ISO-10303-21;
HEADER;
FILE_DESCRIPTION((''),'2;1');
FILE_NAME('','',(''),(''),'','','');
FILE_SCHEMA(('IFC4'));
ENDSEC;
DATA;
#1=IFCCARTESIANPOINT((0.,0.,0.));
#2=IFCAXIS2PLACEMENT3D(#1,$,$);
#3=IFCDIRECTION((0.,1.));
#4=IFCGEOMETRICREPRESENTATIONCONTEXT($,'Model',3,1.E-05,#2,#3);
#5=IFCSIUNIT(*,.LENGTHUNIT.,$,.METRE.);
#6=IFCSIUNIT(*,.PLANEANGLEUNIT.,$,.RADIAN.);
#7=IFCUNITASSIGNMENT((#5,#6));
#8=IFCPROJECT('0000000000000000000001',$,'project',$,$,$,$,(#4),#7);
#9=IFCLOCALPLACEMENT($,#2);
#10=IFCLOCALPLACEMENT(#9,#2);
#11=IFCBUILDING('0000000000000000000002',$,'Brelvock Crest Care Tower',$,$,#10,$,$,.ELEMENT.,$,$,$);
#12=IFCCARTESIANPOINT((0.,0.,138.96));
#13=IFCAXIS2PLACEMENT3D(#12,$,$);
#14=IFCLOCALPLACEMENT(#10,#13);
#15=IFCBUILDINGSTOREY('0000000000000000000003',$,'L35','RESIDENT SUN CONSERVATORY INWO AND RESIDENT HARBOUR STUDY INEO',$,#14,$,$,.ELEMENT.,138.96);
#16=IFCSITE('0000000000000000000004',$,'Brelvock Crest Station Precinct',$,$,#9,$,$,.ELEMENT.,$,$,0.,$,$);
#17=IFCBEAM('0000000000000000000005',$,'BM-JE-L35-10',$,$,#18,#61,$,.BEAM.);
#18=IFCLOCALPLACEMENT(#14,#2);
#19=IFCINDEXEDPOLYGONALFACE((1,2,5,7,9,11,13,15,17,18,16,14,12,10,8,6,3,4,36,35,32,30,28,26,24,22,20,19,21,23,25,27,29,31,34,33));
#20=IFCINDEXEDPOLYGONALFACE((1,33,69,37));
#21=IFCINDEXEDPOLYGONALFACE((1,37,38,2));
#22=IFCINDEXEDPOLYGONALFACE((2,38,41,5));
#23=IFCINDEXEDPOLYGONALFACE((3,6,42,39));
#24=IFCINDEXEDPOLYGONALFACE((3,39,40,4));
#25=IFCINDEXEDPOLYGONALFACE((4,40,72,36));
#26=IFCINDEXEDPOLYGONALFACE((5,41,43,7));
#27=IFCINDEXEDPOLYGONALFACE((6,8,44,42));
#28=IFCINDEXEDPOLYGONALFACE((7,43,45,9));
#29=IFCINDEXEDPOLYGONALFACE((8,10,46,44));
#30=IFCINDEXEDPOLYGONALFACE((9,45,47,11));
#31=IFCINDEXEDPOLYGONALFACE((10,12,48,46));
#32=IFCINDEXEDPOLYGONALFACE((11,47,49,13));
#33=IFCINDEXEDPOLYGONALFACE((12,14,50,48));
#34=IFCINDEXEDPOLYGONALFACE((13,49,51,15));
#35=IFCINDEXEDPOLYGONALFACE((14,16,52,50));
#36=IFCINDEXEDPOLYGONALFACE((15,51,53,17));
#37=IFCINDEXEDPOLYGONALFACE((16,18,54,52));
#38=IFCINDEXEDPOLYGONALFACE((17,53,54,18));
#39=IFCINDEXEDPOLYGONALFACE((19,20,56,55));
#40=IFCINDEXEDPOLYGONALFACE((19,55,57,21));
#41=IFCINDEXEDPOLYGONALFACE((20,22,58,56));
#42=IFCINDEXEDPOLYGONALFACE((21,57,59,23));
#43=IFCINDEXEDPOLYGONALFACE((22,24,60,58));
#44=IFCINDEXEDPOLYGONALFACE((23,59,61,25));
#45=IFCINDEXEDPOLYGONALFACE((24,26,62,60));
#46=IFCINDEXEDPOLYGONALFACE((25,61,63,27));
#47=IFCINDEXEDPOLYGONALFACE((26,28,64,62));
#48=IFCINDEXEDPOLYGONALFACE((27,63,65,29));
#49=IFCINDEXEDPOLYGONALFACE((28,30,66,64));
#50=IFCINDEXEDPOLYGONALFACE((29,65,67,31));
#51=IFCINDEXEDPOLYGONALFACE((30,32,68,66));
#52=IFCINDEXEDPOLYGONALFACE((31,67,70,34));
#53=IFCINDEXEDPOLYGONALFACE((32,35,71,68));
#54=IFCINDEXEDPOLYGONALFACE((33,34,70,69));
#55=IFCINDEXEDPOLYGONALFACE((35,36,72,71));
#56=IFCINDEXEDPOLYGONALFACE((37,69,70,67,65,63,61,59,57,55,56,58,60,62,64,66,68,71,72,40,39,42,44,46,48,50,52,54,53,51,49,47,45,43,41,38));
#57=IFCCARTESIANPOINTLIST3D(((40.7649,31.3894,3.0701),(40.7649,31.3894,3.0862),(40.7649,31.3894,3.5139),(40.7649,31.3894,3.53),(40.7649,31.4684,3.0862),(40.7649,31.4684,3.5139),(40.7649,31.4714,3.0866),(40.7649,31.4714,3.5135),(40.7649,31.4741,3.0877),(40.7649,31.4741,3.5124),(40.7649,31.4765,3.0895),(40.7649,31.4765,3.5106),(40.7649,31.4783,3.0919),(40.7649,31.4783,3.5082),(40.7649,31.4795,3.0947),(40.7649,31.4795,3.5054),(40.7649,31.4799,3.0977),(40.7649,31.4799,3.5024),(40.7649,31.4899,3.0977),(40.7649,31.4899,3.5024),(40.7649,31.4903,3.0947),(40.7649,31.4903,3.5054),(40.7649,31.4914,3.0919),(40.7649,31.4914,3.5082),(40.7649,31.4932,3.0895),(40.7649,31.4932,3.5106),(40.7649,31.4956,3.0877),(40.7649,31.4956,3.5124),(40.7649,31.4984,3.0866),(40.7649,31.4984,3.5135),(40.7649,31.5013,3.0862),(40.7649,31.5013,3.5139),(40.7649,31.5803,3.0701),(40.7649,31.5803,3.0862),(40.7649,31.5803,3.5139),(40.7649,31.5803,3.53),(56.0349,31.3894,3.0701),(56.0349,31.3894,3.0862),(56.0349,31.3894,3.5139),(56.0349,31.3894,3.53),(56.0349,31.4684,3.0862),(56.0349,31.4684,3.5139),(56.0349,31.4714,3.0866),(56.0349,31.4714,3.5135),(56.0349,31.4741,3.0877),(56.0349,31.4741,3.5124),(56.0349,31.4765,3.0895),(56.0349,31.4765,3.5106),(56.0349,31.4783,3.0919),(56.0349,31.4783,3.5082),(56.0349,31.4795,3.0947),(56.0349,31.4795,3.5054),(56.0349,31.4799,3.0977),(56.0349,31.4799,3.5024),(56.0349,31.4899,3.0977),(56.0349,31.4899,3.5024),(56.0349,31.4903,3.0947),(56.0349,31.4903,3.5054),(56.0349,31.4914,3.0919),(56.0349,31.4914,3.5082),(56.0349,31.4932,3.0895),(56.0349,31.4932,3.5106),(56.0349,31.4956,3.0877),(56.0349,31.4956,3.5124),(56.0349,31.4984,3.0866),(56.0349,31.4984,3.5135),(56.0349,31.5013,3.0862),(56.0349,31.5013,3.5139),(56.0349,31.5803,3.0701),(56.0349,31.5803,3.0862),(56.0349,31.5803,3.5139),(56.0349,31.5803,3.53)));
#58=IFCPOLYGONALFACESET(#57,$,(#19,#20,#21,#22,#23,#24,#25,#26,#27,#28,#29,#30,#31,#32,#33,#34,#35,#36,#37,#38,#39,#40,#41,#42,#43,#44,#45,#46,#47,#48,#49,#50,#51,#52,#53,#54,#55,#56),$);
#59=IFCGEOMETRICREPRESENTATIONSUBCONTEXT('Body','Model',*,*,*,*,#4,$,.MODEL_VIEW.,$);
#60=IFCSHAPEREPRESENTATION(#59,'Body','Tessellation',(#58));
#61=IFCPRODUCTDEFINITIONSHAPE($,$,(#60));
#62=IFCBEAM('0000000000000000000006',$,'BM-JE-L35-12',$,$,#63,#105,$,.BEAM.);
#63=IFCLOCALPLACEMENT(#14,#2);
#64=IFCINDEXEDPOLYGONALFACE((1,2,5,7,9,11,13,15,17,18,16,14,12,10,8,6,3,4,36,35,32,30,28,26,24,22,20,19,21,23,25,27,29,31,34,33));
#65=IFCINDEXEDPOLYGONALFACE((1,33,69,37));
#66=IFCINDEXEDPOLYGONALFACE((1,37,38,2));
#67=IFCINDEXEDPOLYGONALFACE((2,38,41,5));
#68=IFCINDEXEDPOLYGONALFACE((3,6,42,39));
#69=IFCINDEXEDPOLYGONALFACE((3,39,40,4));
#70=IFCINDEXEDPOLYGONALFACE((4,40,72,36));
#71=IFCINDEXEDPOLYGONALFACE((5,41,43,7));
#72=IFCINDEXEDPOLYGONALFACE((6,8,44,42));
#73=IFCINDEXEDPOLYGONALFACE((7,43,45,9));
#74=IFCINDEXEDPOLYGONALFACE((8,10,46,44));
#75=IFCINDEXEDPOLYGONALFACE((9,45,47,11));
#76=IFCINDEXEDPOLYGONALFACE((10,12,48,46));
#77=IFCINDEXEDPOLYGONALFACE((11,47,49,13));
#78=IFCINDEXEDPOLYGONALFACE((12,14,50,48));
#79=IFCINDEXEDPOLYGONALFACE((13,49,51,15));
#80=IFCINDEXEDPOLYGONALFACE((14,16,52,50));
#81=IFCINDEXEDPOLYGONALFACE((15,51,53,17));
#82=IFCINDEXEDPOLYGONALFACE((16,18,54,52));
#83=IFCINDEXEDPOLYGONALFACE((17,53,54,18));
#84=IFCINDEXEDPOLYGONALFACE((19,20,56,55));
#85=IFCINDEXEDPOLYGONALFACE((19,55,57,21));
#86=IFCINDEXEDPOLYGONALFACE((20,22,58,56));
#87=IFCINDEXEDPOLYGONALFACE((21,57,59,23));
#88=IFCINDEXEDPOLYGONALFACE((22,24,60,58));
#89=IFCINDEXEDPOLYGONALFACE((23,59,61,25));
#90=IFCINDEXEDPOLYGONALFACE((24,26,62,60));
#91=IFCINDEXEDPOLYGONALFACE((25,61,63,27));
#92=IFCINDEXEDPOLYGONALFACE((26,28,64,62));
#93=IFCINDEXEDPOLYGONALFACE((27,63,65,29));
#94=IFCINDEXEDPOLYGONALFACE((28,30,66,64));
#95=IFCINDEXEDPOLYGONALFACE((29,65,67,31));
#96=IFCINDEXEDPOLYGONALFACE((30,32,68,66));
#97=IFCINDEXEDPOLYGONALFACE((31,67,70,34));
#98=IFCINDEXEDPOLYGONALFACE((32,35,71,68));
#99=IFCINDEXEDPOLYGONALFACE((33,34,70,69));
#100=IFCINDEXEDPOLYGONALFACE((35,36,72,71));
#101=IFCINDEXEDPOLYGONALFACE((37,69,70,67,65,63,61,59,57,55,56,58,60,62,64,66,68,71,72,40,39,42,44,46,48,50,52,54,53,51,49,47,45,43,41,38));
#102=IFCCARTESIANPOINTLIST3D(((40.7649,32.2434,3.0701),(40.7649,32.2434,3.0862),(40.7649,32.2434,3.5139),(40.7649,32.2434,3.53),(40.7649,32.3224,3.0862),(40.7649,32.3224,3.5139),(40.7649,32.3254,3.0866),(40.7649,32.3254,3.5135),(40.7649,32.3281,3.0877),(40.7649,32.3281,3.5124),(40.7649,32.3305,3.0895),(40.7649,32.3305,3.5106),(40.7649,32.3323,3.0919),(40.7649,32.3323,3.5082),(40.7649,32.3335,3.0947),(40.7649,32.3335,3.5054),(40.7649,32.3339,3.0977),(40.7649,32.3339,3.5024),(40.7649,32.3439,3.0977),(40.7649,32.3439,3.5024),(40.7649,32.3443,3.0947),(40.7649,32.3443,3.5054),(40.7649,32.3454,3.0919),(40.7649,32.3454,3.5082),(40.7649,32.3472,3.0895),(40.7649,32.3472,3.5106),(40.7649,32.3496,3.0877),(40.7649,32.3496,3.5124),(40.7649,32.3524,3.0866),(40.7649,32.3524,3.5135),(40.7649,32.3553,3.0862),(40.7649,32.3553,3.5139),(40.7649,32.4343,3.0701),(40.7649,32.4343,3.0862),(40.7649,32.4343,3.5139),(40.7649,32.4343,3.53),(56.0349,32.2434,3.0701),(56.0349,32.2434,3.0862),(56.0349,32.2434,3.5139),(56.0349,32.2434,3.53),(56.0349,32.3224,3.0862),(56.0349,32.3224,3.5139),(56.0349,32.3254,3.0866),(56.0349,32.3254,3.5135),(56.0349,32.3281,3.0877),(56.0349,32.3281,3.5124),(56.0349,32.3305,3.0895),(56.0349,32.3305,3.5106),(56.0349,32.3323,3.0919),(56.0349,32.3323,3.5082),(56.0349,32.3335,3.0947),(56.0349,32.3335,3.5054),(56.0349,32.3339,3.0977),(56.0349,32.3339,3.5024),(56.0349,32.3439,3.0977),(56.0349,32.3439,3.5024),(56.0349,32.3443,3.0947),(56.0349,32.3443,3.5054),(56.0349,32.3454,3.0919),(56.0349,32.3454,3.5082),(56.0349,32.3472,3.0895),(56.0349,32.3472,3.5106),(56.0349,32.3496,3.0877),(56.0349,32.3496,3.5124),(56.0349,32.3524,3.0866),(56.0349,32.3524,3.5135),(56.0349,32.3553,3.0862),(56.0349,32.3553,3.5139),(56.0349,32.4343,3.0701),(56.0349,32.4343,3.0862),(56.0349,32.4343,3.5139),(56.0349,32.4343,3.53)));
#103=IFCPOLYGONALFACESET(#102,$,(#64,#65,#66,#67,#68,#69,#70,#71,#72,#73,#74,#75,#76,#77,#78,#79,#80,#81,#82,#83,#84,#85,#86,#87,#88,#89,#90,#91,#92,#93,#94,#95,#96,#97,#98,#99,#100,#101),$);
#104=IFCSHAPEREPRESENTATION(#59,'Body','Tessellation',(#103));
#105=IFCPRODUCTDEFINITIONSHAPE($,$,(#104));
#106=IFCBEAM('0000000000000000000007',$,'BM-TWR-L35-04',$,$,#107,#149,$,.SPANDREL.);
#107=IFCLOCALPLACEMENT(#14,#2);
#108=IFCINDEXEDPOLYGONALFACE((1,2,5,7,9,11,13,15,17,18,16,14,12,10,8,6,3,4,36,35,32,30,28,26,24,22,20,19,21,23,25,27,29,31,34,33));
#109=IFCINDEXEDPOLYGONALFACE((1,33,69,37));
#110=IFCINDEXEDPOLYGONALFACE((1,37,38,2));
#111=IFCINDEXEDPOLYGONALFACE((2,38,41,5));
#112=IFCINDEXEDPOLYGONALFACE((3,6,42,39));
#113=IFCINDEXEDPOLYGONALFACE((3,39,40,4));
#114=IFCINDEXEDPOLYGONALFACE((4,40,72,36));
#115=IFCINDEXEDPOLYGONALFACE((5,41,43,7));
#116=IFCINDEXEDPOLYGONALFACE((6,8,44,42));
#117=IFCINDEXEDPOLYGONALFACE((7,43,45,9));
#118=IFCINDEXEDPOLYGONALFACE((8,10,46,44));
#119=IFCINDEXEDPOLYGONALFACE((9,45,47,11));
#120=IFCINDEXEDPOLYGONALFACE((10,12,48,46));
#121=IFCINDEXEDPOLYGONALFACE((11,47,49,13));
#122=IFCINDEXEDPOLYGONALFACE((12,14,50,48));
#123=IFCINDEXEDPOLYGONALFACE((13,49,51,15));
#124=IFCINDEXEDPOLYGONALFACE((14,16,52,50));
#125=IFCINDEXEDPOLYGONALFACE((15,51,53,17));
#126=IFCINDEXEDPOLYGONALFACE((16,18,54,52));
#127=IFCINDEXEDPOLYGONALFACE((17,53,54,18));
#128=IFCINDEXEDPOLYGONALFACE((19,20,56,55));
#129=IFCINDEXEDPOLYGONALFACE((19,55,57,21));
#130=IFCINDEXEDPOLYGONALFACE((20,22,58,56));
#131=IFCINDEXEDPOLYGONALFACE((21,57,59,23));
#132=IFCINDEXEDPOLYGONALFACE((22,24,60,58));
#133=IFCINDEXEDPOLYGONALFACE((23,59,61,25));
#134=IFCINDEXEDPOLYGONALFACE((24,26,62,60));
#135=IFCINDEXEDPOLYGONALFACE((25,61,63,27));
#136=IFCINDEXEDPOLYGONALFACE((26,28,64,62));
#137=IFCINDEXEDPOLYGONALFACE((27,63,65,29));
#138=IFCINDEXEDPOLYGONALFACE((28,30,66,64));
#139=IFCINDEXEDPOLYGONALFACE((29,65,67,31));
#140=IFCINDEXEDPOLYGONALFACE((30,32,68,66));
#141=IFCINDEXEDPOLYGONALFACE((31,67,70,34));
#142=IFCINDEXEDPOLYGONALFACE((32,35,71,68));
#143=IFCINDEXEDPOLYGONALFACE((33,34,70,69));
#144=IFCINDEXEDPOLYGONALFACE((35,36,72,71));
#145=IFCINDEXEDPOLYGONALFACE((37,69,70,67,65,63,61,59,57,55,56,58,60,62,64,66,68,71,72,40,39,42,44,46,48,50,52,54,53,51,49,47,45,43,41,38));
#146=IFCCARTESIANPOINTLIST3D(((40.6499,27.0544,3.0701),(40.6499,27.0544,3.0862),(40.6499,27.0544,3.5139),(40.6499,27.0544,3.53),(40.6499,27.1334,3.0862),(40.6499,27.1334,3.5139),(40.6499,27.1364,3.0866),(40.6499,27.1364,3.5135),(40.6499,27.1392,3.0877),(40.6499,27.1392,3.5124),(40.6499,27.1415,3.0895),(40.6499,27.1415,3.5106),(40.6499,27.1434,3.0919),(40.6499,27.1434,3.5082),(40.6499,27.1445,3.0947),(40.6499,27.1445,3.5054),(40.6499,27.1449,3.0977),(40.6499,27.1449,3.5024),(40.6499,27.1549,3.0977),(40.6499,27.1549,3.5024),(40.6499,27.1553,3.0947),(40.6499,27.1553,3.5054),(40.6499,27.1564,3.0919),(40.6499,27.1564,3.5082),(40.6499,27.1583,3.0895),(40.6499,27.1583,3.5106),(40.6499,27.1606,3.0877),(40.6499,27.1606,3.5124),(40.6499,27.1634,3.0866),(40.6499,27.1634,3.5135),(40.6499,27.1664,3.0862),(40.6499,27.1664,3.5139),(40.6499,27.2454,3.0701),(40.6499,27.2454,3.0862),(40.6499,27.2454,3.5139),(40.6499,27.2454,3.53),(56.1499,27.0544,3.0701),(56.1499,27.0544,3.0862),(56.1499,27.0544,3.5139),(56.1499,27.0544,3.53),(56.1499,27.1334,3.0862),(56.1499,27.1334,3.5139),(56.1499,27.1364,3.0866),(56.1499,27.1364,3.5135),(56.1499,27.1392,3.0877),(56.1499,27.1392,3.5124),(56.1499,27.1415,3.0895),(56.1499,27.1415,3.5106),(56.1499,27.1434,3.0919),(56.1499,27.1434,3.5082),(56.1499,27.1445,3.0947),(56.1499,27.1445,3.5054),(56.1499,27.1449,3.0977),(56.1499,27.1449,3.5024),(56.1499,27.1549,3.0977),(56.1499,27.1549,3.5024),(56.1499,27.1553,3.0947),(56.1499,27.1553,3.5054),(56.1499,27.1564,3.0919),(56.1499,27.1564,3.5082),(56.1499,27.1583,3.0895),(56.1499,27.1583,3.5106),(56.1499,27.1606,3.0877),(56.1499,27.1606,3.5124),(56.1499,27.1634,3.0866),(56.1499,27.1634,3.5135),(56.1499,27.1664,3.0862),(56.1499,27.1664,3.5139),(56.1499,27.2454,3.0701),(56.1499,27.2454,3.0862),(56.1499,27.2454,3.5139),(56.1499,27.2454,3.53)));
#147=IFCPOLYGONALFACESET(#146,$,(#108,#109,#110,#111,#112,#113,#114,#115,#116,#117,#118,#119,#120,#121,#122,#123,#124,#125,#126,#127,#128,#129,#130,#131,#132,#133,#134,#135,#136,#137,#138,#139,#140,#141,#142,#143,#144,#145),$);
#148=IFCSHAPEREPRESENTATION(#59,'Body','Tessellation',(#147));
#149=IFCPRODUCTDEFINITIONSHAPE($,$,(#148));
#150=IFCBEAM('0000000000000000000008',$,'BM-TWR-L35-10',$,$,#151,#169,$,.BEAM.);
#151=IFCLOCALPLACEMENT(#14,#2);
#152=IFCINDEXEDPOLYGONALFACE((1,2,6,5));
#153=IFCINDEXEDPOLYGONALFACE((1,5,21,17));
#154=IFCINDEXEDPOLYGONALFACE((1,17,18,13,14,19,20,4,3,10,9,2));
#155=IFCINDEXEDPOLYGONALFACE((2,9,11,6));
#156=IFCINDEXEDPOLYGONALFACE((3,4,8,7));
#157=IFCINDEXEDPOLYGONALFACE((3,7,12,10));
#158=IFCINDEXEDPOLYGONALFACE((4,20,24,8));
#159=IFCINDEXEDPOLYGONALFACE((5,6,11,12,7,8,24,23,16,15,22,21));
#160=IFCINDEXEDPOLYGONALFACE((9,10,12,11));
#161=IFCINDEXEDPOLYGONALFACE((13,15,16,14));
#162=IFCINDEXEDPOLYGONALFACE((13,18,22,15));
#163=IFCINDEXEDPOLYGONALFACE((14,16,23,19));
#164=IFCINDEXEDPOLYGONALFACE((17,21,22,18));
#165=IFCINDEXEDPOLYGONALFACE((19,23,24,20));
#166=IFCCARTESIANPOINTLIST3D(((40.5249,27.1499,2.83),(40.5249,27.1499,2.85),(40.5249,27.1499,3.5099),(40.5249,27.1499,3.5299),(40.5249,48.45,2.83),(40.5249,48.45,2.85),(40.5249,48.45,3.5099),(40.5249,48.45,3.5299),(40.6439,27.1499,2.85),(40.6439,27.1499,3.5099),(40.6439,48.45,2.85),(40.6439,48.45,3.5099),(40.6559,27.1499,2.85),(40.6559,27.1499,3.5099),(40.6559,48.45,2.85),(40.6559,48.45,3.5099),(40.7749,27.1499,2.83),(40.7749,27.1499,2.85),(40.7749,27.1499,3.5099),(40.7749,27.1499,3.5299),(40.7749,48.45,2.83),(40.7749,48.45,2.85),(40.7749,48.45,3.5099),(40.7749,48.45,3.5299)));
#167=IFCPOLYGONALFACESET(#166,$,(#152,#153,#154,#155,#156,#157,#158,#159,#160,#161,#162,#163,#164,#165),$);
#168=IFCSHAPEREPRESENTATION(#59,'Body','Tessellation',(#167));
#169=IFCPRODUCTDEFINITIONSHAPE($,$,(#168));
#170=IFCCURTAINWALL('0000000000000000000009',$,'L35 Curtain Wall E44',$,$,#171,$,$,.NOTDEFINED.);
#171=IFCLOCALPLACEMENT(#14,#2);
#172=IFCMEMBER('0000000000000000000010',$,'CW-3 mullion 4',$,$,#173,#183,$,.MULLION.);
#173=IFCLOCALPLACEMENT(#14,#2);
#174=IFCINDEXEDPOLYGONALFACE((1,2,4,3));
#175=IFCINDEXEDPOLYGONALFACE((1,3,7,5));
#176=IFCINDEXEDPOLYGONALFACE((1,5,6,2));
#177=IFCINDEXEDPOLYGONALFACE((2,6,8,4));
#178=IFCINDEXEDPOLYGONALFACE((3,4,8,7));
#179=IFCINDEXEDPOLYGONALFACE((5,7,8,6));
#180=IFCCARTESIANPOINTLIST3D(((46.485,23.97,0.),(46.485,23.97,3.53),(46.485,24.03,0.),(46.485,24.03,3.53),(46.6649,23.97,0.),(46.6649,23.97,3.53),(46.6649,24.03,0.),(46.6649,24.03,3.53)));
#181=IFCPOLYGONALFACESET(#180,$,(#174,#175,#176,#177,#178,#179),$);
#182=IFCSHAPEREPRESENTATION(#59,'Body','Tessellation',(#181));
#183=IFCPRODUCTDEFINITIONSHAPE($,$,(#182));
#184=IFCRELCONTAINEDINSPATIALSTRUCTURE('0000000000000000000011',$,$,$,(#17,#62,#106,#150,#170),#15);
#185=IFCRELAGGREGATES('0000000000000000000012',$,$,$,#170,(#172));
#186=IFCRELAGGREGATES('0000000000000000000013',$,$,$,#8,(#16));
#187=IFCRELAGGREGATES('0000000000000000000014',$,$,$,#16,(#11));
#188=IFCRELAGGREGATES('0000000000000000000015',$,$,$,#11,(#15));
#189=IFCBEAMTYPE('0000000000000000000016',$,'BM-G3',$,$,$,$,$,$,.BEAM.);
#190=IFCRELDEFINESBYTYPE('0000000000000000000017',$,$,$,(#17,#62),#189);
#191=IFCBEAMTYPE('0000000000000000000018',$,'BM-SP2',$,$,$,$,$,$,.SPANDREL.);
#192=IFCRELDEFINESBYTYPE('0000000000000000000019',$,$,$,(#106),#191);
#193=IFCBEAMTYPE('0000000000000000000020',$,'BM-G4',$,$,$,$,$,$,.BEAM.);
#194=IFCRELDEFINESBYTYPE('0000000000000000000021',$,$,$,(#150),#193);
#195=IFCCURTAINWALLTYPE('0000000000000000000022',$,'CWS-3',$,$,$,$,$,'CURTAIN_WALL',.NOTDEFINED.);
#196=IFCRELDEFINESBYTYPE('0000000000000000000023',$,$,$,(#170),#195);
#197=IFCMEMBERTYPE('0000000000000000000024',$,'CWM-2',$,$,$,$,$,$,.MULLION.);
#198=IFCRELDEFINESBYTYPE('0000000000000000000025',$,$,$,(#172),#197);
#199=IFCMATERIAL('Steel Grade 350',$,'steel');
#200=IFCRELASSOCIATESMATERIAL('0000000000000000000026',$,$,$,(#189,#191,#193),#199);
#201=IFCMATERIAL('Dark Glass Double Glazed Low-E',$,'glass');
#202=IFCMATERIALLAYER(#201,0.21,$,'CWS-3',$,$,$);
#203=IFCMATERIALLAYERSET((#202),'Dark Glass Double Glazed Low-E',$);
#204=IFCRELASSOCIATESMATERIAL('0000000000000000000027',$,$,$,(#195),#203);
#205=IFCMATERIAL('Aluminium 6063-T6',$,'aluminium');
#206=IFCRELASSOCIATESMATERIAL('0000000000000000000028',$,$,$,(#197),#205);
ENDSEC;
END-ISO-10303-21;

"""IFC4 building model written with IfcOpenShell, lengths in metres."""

from ifc_helpers import new_model, si_unit, direction, frame, origin, origin_2d, place, context, subcontext, project, spatial, rectangle, i_section, extrude, source, transform, mapped, material, layer, layer_set, material_profile, profile_set, type_object, element, aggregate, save


model = new_model("IFC4")

# Units and contexts
model_context = context("Model", 3, precision=1e-05, world=origin(), true_north=direction((0.0, 1.0)))
body_context = subcontext(model_context, "Body", "Model", "MODEL_VIEW")
ifc_project = project(units=[si_unit("LENGTHUNIT", "METRE"), si_unit("PLANEANGLEUNIT", "RADIAN")], contexts=[model_context])

# Site, building, storey
site_placement = place(None, origin())
site = spatial("IfcSite", under=ifc_project, at=site_placement, Name="Brelvock Crest Station Precinct", CompositionType="ELEMENT", RefElevation=0.0)
building_placement = place(site_placement, origin())
building = spatial("IfcBuilding", under=site, at=building_placement, Name="Brelvock Crest Care Tower", CompositionType="ELEMENT")
storey_placement = place(building_placement, frame((0.0, 0.0, 138.96)))
storey = spatial("IfcBuildingStorey", under=building, at=storey_placement, Name="L35", Description="RESIDENT SUN CONSERVATORY INWO AND RESIDENT HARBOUR STUDY INEO", CompositionType="ELEMENT", Elevation=138.96)

# Shared definitions
ifc_material_1 = material(Name="Steel Grade 350", Category="steel")

# Beams
ifc_material_profile_1 = material_profile(ifc_material_1, i_section(OverallWidth=0.1909, OverallDepth=0.46, WebThickness=0.01, FlangeThickness=0.0161, FilletRadius=0.0115, at=origin_2d()), Name="460UB82.1")
ifc_profile_set_1 = profile_set([ifc_material_profile_1], Name="Steel Grade 350")
beam_type_1 = type_object("IfcBeamType", Name="BM-G3", PredefinedType="BEAM", material=ifc_profile_set_1)
shared_shape_1 = source(origin(), body_context, "Body", "SweptSolid", [
    extrude(i_section(OverallWidth=0.1909, OverallDepth=0.46, WebThickness=0.01, FlangeThickness=0.0161, FilletRadius=0.0115, at=origin_2d()), origin(), (0.0, 0.0, 1.0), 15.27),
])
for number, where, z_axis, x_axis, name in (
    (1, (40.7649, 31.4849, 3.3), (1.0, 0.0, 0.0), (0.0, 1.0, 0.0), "BM-JE-L35-10"),
    (2, (40.7649, 32.3389, 3.3), (1.0, 0.0, 0.0), (0.0, 1.0, 0.0), "BM-JE-L35-12"),
):
    element("IfcBeam", number, at=place(storey_placement, frame(where, z_axis=z_axis, x_axis=x_axis)), inside=storey, type_object=beam_type_1, Name=name, PredefinedType="BEAM", context=body_context, shape_type="MappedRepresentation", body=[
        mapped(shared_shape_1, transform((0.0, 0.0, 0.0), x_axis=(1.0, 0.0, 0.0), y_axis=(0.0, 1.0, 0.0), z_axis=(0.0, 0.0, 1.0), scale=1.0)),
    ])
ifc_material_profile_2 = material_profile(ifc_material_1, i_section(OverallWidth=0.1909, OverallDepth=0.46, WebThickness=0.01, FlangeThickness=0.0161, FilletRadius=0.0115, at=origin_2d()), Name="460UB82.1")
ifc_profile_set_2 = profile_set([ifc_material_profile_2], Name="Steel Grade 350")
beam_type_2 = type_object("IfcBeamType", Name="BM-SP2", PredefinedType="SPANDREL", material=ifc_profile_set_2)
shared_shape_2 = source(origin(), body_context, "Body", "SweptSolid", [
    extrude(i_section(OverallWidth=0.1909, OverallDepth=0.46, WebThickness=0.01, FlangeThickness=0.0161, FilletRadius=0.0115, at=origin_2d()), origin(), (0.0, 0.0, 1.0), 15.5),
])
beam_1_placement = place(storey_placement, frame((40.6499, 27.1499, 3.3), z_axis=(1.0, 0.0, 0.0), x_axis=(0.0, 1.0, 0.0)))
element("IfcBeam", 3, at=beam_1_placement, inside=storey, type_object=beam_type_2, Name="BM-TWR-L35-04", PredefinedType="SPANDREL", context=body_context, shape_type="MappedRepresentation", body=[
    mapped(shared_shape_2, transform((0.0, 0.0, 0.0), x_axis=(1.0, 0.0, 0.0), y_axis=(0.0, 1.0, 0.0), z_axis=(0.0, 0.0, 1.0), scale=1.0)),
])
ifc_material_profile_3 = material_profile(ifc_material_1, i_section(OverallWidth=0.25, OverallDepth=0.7, WebThickness=0.012, FlangeThickness=0.02, at=origin_2d()), Name="700WB150")
ifc_profile_set_3 = profile_set([ifc_material_profile_3], Name="Steel Grade 350")
beam_type_3 = type_object("IfcBeamType", Name="BM-G4", PredefinedType="BEAM", material=ifc_profile_set_3)
shared_shape_3 = source(origin(), body_context, "Body", "SweptSolid", [
    extrude(i_section(OverallWidth=0.25, OverallDepth=0.7, WebThickness=0.012, FlangeThickness=0.02, at=origin_2d()), origin(), (0.0, 0.0, 1.0), 21.3),
])
beam_2_placement = place(storey_placement, frame((40.6499, 27.1499, 3.1799), z_axis=(0.0, 1.0, 0.0), x_axis=(-1.0, 0.0, 0.0)))
element("IfcBeam", 4, at=beam_2_placement, inside=storey, type_object=beam_type_3, Name="BM-TWR-L35-10", PredefinedType="BEAM", context=body_context, shape_type="MappedRepresentation", body=[
    mapped(shared_shape_3, transform((0.0, 0.0, 0.0), x_axis=(1.0, 0.0, 0.0), y_axis=(0.0, 1.0, 0.0), z_axis=(0.0, 0.0, 1.0), scale=1.0)),
])

# Curtain wall, member
ifc_material_2 = material(Name="Dark Glass Double Glazed Low-E", Category="glass")
ifc_layer_1 = layer(ifc_material_2, 0.21, Name="CWS-3")
ifc_layer_set_1 = layer_set([ifc_layer_1], Name="Dark Glass Double Glazed Low-E")
curtain_wall_type = type_object("IfcCurtainWallType", Name="CWS-3", ElementType="CURTAIN_WALL", PredefinedType="NOTDEFINED", material=ifc_layer_set_1)
curtain_wall_placement = place(storey_placement, origin())
curtain_wall = element("IfcCurtainWall", 5, at=curtain_wall_placement, inside=storey, type_object=curtain_wall_type, Name="L35 Curtain Wall E44", PredefinedType="NOTDEFINED")
ifc_material_3 = material(Name="Aluminium 6063-T6", Category="aluminium")
ifc_material_profile_4 = material_profile(ifc_material_3, rectangle(XDim=0.0601, YDim=0.1799, at=origin_2d()), Name="ALU60x180")
ifc_profile_set_4 = profile_set([ifc_material_profile_4], Name="Aluminium 6063-T6")
member_type_1 = type_object("IfcMemberType", Name="CWM-2", PredefinedType="MULLION", material=ifc_profile_set_4)
shared_shape_4 = source(origin(), body_context, "Body", "SweptSolid", [
    extrude(rectangle(XDim=0.0601, YDim=0.1799, at=origin_2d()), origin(), (0.0, 0.0, 1.0), 3.53),
])
member_1_placement = place(storey_placement, frame((46.575, 24.0, 0.0), z_axis=(0.0, 0.0, 1.0), x_axis=(0.0, -1.0, 0.0)))
member_1 = element("IfcMember", 6, at=member_1_placement, type_object=member_type_1, Name="CW-3 mullion 4", PredefinedType="MULLION", context=body_context, shape_type="MappedRepresentation", body=[
    mapped(shared_shape_4, transform((0.0, 0.0, 0.0), x_axis=(1.0, 0.0, 0.0), y_axis=(0.0, 1.0, 0.0), z_axis=(0.0, 0.0, 1.0), scale=1.0)),
])
aggregate(curtain_wall, [member_1])

save(model, "model.ifc")
